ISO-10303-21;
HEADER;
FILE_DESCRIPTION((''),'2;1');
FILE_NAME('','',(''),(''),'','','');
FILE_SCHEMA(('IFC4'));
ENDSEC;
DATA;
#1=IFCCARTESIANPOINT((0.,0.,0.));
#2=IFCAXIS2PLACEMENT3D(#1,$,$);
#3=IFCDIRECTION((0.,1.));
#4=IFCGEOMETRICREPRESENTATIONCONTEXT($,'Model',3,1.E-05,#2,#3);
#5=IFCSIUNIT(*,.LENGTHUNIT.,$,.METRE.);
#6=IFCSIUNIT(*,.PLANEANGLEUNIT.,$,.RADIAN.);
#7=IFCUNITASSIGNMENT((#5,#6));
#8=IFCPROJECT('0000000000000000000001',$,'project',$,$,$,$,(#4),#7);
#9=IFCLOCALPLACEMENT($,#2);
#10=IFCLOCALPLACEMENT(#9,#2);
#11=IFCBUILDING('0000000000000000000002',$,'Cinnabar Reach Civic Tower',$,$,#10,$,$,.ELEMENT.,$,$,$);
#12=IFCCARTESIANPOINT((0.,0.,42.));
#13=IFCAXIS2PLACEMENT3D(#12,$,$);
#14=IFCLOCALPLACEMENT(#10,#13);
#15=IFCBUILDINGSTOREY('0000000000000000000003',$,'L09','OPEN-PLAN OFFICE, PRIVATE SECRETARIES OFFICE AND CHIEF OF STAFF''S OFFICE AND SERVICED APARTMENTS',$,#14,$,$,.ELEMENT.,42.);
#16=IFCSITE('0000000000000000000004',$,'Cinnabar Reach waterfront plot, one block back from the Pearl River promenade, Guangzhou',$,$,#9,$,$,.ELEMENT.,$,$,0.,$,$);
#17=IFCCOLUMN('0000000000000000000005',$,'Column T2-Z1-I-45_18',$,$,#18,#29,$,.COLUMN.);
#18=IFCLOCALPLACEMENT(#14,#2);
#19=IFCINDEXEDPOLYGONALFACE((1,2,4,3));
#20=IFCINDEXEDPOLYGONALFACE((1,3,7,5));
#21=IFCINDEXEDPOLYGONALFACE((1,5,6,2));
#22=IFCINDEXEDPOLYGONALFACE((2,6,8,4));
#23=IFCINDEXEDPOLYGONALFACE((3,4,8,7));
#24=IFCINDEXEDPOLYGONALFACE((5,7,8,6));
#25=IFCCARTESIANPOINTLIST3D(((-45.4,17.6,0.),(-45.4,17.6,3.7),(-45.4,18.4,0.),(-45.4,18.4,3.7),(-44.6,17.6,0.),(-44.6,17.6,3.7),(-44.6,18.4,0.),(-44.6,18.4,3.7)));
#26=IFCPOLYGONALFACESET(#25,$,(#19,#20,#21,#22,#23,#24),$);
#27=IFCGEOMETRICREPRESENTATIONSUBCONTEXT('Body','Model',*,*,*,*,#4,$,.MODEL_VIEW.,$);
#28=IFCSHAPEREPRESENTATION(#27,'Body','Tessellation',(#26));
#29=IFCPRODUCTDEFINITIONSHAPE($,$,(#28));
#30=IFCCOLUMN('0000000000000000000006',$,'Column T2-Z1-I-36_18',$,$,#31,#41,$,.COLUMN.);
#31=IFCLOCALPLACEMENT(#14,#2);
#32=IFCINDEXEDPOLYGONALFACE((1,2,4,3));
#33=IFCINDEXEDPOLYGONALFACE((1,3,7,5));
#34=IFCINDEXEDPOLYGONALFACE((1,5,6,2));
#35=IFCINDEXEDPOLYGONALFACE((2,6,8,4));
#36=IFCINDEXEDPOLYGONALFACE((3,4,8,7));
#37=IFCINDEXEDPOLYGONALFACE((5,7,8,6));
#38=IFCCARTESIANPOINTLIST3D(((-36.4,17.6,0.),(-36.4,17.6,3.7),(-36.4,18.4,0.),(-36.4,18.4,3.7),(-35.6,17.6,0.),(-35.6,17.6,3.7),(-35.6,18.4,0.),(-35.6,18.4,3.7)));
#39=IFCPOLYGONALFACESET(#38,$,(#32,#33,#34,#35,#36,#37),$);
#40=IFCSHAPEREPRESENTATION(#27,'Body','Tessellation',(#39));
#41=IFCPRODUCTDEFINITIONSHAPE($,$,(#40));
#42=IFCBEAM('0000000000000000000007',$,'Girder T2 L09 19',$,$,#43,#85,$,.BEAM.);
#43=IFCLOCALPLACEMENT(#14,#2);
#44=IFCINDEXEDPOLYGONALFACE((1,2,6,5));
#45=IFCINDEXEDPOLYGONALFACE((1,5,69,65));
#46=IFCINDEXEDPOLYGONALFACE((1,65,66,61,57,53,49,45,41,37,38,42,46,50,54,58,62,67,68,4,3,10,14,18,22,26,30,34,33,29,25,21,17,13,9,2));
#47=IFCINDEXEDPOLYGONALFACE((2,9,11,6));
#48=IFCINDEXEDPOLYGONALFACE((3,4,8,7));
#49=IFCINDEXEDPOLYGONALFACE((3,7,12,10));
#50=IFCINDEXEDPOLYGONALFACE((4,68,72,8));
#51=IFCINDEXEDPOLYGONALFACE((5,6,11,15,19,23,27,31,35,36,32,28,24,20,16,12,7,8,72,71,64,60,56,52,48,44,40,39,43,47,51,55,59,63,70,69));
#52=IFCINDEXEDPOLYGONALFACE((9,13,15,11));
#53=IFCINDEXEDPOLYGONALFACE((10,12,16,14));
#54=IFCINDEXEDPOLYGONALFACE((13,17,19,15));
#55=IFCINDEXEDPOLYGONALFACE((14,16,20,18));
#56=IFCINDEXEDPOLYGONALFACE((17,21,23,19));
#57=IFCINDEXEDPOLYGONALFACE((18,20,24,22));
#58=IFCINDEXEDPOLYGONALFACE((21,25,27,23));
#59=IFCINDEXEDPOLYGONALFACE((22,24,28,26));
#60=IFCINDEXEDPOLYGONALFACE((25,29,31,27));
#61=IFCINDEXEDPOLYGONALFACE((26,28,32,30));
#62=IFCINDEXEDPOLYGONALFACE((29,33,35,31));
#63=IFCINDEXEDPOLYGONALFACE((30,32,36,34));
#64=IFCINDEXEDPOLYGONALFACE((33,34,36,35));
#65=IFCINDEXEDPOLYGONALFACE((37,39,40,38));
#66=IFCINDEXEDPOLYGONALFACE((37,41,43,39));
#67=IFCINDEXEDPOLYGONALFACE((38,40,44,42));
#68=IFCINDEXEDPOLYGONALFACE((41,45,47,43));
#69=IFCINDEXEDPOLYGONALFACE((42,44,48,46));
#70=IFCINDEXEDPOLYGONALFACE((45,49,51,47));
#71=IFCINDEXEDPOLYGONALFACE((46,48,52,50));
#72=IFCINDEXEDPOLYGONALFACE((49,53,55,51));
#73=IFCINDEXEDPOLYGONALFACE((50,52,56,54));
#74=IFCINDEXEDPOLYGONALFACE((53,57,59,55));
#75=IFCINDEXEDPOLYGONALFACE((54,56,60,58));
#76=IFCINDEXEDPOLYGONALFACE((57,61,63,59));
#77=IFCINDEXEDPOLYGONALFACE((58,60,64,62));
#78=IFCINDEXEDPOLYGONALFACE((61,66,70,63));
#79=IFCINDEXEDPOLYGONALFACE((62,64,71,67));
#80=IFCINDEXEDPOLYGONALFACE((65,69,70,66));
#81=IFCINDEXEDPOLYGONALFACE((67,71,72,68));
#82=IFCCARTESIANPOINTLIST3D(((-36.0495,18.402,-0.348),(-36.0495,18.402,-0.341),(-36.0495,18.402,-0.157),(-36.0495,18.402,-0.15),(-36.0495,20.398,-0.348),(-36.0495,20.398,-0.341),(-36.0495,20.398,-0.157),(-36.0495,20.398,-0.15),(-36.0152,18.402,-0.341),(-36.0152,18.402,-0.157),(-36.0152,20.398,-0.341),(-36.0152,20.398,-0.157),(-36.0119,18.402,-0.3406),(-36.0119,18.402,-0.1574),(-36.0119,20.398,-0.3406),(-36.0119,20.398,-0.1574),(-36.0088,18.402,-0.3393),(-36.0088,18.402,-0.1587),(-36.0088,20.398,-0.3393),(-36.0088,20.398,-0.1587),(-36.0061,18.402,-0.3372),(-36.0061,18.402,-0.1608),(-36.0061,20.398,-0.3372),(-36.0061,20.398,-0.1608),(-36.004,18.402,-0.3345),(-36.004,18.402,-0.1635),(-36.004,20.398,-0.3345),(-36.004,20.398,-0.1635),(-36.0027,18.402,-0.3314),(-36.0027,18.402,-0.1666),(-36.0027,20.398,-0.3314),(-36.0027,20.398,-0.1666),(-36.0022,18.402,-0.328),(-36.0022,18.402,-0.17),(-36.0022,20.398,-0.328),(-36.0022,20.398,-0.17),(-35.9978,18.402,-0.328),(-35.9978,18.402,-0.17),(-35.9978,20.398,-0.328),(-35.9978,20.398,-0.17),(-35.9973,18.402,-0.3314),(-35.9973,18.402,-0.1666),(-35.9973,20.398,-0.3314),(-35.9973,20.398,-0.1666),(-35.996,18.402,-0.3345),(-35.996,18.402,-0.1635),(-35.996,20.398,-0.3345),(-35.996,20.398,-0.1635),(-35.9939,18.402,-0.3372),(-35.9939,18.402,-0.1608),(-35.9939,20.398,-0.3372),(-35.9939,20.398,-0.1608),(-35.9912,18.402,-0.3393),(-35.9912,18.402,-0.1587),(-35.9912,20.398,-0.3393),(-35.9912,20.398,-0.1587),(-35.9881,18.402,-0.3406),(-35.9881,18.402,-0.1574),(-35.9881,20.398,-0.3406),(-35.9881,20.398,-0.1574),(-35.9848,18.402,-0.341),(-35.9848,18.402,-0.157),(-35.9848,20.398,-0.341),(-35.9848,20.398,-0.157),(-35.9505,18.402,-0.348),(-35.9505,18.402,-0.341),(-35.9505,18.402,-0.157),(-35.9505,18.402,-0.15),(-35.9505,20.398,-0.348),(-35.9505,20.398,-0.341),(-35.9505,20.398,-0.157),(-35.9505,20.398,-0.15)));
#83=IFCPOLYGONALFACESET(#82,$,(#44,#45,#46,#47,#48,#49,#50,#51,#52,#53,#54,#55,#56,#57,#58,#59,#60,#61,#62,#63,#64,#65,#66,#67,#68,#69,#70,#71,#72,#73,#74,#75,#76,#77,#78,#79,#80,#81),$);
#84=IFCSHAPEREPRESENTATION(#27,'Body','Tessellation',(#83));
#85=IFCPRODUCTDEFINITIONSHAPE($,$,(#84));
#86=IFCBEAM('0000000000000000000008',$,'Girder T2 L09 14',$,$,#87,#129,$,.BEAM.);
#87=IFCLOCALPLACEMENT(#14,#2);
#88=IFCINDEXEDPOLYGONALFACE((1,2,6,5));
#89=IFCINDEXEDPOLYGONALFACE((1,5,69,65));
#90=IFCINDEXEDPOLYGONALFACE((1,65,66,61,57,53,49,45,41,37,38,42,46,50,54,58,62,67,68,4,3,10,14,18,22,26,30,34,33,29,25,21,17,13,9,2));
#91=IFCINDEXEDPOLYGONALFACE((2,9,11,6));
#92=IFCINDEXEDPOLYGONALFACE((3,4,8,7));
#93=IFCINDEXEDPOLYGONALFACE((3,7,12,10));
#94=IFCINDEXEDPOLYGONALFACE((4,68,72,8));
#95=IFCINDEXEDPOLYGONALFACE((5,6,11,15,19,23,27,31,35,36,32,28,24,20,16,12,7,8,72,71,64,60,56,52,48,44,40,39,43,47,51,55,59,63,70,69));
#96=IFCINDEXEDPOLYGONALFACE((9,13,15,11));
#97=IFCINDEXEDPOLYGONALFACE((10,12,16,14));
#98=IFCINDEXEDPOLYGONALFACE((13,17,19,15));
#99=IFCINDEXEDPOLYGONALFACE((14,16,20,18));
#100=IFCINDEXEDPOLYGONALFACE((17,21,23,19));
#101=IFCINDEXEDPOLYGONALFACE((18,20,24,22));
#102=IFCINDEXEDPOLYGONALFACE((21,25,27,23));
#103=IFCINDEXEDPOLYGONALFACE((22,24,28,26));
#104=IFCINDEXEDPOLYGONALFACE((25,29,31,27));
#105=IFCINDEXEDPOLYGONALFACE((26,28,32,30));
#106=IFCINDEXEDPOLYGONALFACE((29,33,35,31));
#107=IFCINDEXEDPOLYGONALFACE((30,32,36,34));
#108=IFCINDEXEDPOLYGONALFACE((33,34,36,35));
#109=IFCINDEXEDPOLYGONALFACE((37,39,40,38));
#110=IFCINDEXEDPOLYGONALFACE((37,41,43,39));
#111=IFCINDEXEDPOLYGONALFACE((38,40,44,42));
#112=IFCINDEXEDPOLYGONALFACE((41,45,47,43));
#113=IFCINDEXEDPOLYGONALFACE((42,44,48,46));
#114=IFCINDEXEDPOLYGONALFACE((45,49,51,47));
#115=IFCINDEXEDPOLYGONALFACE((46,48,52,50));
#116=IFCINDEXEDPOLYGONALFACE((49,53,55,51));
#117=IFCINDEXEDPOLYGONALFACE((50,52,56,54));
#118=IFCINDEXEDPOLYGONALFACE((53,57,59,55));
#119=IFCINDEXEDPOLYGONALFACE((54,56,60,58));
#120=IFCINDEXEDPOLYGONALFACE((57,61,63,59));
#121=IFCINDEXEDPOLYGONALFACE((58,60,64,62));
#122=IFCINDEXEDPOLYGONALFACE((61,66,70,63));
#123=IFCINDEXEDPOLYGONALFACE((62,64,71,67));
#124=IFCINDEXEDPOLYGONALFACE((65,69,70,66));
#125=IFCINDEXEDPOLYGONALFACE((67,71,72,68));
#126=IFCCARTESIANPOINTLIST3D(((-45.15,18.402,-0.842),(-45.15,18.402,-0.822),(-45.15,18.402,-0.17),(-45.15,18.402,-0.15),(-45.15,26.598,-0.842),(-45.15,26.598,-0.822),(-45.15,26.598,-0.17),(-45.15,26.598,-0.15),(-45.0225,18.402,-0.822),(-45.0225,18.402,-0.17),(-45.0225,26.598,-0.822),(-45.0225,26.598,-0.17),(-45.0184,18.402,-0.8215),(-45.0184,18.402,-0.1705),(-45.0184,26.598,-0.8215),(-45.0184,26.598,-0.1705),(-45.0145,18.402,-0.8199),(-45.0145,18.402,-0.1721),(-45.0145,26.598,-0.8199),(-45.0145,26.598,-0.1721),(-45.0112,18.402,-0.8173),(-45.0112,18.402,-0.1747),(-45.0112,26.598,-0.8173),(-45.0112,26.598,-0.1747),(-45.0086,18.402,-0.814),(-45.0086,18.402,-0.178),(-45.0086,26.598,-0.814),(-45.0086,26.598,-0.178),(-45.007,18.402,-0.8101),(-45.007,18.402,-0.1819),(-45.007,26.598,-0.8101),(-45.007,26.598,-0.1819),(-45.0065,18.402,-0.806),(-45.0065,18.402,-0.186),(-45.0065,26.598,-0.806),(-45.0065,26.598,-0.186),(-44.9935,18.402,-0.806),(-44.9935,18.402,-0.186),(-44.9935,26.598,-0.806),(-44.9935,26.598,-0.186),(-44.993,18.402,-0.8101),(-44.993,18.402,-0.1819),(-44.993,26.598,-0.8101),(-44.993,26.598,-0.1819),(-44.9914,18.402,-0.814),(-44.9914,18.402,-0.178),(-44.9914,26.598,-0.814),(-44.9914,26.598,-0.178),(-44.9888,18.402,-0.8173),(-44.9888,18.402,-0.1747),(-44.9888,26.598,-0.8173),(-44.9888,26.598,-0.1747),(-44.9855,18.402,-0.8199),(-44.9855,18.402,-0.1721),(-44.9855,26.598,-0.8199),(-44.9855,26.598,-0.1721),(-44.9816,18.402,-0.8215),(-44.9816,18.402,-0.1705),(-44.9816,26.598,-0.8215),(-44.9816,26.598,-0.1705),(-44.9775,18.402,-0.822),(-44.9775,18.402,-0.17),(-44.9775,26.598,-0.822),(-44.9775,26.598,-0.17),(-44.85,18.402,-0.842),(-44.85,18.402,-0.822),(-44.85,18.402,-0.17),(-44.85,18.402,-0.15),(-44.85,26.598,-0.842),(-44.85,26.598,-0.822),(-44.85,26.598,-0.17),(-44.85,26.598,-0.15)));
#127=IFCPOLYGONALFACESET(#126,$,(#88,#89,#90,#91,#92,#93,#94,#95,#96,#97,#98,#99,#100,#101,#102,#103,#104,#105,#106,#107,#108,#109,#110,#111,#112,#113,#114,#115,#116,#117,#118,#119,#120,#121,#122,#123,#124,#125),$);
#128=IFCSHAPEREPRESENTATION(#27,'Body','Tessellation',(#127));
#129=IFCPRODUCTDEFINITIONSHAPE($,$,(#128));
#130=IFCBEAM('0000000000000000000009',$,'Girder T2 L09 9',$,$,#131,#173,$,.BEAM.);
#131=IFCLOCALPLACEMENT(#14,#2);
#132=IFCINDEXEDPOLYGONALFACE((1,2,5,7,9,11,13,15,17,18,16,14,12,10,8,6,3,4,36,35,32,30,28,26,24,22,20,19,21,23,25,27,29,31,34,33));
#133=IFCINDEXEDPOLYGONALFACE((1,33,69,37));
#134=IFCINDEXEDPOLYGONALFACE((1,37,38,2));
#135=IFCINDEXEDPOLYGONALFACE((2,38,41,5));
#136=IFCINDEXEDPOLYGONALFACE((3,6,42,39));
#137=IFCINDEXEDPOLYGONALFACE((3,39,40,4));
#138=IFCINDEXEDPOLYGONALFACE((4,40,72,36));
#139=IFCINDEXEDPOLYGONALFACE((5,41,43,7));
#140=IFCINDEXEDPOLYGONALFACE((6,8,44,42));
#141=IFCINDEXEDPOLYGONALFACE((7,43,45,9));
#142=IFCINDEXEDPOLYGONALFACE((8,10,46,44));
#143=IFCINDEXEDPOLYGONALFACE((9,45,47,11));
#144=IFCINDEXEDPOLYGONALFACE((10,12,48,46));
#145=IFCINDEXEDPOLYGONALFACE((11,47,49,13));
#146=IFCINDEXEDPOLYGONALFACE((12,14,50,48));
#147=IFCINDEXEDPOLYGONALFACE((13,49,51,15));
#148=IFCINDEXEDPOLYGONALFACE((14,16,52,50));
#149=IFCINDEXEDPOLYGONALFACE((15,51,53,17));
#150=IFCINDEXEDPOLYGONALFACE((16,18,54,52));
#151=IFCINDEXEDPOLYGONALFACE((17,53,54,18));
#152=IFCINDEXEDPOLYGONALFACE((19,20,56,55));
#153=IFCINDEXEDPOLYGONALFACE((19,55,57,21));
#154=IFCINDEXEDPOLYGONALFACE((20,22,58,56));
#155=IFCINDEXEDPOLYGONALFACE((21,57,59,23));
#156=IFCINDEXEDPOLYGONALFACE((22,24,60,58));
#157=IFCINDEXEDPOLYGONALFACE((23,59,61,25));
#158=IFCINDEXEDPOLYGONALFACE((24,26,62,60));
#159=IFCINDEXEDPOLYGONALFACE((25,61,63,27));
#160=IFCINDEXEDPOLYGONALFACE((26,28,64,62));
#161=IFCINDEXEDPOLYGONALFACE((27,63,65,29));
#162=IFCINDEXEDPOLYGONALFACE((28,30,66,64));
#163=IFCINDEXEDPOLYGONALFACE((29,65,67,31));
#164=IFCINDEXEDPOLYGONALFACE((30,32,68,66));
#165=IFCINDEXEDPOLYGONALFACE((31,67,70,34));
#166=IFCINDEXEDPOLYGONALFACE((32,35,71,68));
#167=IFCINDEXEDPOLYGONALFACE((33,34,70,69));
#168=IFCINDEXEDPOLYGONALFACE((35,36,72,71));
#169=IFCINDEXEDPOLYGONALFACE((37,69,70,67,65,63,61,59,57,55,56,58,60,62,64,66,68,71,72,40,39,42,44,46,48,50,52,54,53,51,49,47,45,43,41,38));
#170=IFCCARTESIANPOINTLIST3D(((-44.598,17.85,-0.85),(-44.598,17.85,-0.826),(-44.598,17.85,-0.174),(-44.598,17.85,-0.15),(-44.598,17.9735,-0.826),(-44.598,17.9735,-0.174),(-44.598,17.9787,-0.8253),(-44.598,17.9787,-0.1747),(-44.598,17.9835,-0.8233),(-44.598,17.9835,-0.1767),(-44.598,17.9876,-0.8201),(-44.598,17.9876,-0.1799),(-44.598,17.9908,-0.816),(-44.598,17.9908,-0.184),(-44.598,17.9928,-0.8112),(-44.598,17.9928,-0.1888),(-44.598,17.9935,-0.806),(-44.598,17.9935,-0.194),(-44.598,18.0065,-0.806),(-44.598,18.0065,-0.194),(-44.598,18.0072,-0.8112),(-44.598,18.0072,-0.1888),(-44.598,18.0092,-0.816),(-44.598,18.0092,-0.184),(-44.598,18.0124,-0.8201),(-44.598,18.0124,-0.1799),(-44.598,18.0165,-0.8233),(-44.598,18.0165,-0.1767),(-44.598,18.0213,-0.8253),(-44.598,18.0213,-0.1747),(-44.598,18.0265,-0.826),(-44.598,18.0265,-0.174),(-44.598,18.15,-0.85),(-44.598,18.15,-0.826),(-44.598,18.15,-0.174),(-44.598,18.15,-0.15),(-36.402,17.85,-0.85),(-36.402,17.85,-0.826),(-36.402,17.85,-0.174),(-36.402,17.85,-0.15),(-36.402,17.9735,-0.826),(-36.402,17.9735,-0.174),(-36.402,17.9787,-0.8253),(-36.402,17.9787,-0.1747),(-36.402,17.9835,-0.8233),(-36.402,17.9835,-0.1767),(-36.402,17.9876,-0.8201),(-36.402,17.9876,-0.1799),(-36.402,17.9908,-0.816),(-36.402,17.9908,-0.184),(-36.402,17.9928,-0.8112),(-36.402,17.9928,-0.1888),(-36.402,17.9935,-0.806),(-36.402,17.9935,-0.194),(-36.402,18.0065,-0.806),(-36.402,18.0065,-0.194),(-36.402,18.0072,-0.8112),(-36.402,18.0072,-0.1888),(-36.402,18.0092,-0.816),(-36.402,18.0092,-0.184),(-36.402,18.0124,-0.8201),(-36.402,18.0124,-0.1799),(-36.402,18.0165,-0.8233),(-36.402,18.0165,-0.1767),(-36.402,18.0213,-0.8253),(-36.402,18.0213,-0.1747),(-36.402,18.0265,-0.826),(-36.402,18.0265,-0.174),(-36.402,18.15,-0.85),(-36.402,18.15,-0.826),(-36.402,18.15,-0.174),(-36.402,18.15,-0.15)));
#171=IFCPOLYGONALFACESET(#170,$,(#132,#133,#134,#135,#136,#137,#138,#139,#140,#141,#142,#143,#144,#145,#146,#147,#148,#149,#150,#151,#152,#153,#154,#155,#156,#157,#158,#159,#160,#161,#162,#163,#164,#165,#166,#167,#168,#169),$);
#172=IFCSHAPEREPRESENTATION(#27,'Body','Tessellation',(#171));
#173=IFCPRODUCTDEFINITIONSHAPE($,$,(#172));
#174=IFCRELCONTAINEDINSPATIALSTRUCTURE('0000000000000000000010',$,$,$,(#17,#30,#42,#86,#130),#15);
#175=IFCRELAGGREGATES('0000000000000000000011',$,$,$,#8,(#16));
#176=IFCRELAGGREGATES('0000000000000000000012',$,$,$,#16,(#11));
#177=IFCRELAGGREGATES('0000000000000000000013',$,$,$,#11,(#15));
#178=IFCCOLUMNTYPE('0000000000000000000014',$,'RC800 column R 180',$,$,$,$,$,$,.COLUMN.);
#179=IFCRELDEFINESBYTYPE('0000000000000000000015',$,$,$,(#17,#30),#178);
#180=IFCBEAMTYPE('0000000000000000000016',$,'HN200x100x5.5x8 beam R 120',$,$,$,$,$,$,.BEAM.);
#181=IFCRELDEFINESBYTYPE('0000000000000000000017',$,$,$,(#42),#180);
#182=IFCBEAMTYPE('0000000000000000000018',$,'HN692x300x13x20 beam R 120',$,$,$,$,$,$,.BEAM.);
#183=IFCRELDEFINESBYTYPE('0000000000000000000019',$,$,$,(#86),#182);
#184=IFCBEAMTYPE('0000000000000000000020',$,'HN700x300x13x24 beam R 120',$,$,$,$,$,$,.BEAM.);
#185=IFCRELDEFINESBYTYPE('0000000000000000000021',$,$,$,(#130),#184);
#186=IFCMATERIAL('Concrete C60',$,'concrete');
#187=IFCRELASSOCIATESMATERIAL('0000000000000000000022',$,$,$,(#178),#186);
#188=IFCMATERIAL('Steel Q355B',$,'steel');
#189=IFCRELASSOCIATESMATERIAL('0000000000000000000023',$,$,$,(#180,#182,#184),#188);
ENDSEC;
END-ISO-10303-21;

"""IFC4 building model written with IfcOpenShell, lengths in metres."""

from ifc_helpers import new_model, si_unit, direction, frame, origin, origin_2d, place, context, subcontext, project, spatial, rectangle, i_section, extrude, material, material_profile, profile_set, type_object, element, save


model = new_model("IFC4")

# Units and contexts
model_context = context("Model", 3, precision=1e-05, world=origin(), true_north=direction((0.0, 1.0)))
body_context = subcontext(model_context, "Body", "Model", "MODEL_VIEW")
ifc_project = project(units=[si_unit("LENGTHUNIT", "METRE"), si_unit("PLANEANGLEUNIT", "RADIAN")], contexts=[model_context])

# Site, building, storey
site_placement = place(None, origin())
site = spatial("IfcSite", under=ifc_project, at=site_placement, Name="Cinnabar Reach waterfront plot, one block back from the Pearl River promenade, Guangzhou", CompositionType="ELEMENT", RefElevation=0.0)
building_placement = place(site_placement, origin())
building = spatial("IfcBuilding", under=site, at=building_placement, Name="Cinnabar Reach Civic Tower", CompositionType="ELEMENT")
storey_placement = place(building_placement, frame((0.0, 0.0, 42.0)))
storey = spatial("IfcBuildingStorey", under=building, at=storey_placement, Name="L09", Description="OPEN-PLAN OFFICE, PRIVATE SECRETARIES OFFICE AND CHIEF OF STAFF'S OFFICE AND SERVICED APARTMENTS", CompositionType="ELEMENT", Elevation=42.0)

# Columns
ifc_material_1 = material(Name="Concrete C60", Category="concrete")
ifc_material_profile_1 = material_profile(ifc_material_1, rectangle(XDim=0.8, YDim=0.8, at=origin_2d()), Name="RC800")
ifc_profile_set_1 = profile_set([ifc_material_profile_1], Name="Concrete C60")
column_type = type_object("IfcColumnType", Name="RC800 column R 180", PredefinedType="COLUMN", material=ifc_profile_set_1)
for number, where, z_axis, x_axis, name in (
    (1, (-45.0, 18.0, 0.0), (0.0, 0.0, 1.0), (1.0, 0.0, 0.0), "Column T2-Z1-I-45_18"),
    (2, (-36.0, 18.0, 0.0), (0.0, 0.0, 1.0), (1.0, 0.0, 0.0), "Column T2-Z1-I-36_18"),
):
    element("IfcColumn", number, at=place(storey_placement, frame(where, z_axis=z_axis, x_axis=x_axis)), inside=storey, type_object=column_type, Name=name, PredefinedType="COLUMN", context=body_context, shape_type="SweptSolid", body=[
        extrude(rectangle(XDim=0.8, YDim=0.8, at=origin_2d()), origin(), (0.0, 0.0, 1.0), 3.7),
    ])

# Beams
ifc_material_2 = material(Name="Steel Q355B", Category="steel")
ifc_material_profile_2 = material_profile(ifc_material_2, i_section(OverallWidth=0.099, OverallDepth=0.198, WebThickness=0.0045, FlangeThickness=0.007, FilletRadius=0.013, at=origin_2d()), Name="HN200x100x5.5x8")
ifc_profile_set_2 = profile_set([ifc_material_profile_2], Name="Steel Q355B")
beam_type_1 = type_object("IfcBeamType", Name="HN200x100x5.5x8 beam R 120", PredefinedType="BEAM", material=ifc_profile_set_2)
beam_1_placement = place(storey_placement, frame((-36.0, 18.402, -0.249), z_axis=(0.0, 1.0, 0.0), x_axis=(-1.0, 0.0, 0.0)))
element("IfcBeam", 3, at=beam_1_placement, inside=storey, type_object=beam_type_1, Name="Girder T2 L09 19", PredefinedType="BEAM", context=body_context, shape_type="SweptSolid", body=[
    extrude(i_section(OverallWidth=0.099, OverallDepth=0.198, WebThickness=0.0045, FlangeThickness=0.007, FilletRadius=0.013, at=origin_2d()), origin(), (0.0, 0.0, 1.0), 1.996),
])
ifc_material_profile_3 = material_profile(ifc_material_2, i_section(OverallWidth=0.3, OverallDepth=0.692, WebThickness=0.013, FlangeThickness=0.02, FilletRadius=0.016, at=origin_2d()), Name="HN692x300x13x20")
ifc_profile_set_3 = profile_set([ifc_material_profile_3], Name="Steel Q355B")
beam_type_2 = type_object("IfcBeamType", Name="HN692x300x13x20 beam R 120", PredefinedType="BEAM", material=ifc_profile_set_3)
beam_2_placement = place(storey_placement, frame((-45.0, 18.402, -0.496), z_axis=(0.0, 1.0, 0.0), x_axis=(-1.0, 0.0, 0.0)))
element("IfcBeam", 4, at=beam_2_placement, inside=storey, type_object=beam_type_2, Name="Girder T2 L09 14", PredefinedType="BEAM", context=body_context, shape_type="SweptSolid", body=[
    extrude(i_section(OverallWidth=0.3, OverallDepth=0.692, WebThickness=0.013, FlangeThickness=0.02, FilletRadius=0.016, at=origin_2d()), origin(), (0.0, 0.0, 1.0), 8.196),
])
ifc_material_profile_4 = material_profile(ifc_material_2, i_section(OverallWidth=0.3, OverallDepth=0.7, WebThickness=0.013, FlangeThickness=0.024, FilletRadius=0.02, at=origin_2d()), Name="HN700x300x13x24")
ifc_profile_set_4 = profile_set([ifc_material_profile_4], Name="Steel Q355B")
beam_type_3 = type_object("IfcBeamType", Name="HN700x300x13x24 beam R 120", PredefinedType="BEAM", material=ifc_profile_set_4)
beam_3_placement = place(storey_placement, frame((-44.598, 18.0, -0.5), z_axis=(1.0, 0.0, 0.0), x_axis=(0.0, 1.0, 0.0)))
element("IfcBeam", 5, at=beam_3_placement, inside=storey, type_object=beam_type_3, Name="Girder T2 L09 9", PredefinedType="BEAM", context=body_context, shape_type="SweptSolid", body=[
    extrude(i_section(OverallWidth=0.3, OverallDepth=0.7, WebThickness=0.013, FlangeThickness=0.024, FilletRadius=0.02, at=origin_2d()), origin(), (0.0, 0.0, 1.0), 8.196),
])

save(model, "model.ifc")
